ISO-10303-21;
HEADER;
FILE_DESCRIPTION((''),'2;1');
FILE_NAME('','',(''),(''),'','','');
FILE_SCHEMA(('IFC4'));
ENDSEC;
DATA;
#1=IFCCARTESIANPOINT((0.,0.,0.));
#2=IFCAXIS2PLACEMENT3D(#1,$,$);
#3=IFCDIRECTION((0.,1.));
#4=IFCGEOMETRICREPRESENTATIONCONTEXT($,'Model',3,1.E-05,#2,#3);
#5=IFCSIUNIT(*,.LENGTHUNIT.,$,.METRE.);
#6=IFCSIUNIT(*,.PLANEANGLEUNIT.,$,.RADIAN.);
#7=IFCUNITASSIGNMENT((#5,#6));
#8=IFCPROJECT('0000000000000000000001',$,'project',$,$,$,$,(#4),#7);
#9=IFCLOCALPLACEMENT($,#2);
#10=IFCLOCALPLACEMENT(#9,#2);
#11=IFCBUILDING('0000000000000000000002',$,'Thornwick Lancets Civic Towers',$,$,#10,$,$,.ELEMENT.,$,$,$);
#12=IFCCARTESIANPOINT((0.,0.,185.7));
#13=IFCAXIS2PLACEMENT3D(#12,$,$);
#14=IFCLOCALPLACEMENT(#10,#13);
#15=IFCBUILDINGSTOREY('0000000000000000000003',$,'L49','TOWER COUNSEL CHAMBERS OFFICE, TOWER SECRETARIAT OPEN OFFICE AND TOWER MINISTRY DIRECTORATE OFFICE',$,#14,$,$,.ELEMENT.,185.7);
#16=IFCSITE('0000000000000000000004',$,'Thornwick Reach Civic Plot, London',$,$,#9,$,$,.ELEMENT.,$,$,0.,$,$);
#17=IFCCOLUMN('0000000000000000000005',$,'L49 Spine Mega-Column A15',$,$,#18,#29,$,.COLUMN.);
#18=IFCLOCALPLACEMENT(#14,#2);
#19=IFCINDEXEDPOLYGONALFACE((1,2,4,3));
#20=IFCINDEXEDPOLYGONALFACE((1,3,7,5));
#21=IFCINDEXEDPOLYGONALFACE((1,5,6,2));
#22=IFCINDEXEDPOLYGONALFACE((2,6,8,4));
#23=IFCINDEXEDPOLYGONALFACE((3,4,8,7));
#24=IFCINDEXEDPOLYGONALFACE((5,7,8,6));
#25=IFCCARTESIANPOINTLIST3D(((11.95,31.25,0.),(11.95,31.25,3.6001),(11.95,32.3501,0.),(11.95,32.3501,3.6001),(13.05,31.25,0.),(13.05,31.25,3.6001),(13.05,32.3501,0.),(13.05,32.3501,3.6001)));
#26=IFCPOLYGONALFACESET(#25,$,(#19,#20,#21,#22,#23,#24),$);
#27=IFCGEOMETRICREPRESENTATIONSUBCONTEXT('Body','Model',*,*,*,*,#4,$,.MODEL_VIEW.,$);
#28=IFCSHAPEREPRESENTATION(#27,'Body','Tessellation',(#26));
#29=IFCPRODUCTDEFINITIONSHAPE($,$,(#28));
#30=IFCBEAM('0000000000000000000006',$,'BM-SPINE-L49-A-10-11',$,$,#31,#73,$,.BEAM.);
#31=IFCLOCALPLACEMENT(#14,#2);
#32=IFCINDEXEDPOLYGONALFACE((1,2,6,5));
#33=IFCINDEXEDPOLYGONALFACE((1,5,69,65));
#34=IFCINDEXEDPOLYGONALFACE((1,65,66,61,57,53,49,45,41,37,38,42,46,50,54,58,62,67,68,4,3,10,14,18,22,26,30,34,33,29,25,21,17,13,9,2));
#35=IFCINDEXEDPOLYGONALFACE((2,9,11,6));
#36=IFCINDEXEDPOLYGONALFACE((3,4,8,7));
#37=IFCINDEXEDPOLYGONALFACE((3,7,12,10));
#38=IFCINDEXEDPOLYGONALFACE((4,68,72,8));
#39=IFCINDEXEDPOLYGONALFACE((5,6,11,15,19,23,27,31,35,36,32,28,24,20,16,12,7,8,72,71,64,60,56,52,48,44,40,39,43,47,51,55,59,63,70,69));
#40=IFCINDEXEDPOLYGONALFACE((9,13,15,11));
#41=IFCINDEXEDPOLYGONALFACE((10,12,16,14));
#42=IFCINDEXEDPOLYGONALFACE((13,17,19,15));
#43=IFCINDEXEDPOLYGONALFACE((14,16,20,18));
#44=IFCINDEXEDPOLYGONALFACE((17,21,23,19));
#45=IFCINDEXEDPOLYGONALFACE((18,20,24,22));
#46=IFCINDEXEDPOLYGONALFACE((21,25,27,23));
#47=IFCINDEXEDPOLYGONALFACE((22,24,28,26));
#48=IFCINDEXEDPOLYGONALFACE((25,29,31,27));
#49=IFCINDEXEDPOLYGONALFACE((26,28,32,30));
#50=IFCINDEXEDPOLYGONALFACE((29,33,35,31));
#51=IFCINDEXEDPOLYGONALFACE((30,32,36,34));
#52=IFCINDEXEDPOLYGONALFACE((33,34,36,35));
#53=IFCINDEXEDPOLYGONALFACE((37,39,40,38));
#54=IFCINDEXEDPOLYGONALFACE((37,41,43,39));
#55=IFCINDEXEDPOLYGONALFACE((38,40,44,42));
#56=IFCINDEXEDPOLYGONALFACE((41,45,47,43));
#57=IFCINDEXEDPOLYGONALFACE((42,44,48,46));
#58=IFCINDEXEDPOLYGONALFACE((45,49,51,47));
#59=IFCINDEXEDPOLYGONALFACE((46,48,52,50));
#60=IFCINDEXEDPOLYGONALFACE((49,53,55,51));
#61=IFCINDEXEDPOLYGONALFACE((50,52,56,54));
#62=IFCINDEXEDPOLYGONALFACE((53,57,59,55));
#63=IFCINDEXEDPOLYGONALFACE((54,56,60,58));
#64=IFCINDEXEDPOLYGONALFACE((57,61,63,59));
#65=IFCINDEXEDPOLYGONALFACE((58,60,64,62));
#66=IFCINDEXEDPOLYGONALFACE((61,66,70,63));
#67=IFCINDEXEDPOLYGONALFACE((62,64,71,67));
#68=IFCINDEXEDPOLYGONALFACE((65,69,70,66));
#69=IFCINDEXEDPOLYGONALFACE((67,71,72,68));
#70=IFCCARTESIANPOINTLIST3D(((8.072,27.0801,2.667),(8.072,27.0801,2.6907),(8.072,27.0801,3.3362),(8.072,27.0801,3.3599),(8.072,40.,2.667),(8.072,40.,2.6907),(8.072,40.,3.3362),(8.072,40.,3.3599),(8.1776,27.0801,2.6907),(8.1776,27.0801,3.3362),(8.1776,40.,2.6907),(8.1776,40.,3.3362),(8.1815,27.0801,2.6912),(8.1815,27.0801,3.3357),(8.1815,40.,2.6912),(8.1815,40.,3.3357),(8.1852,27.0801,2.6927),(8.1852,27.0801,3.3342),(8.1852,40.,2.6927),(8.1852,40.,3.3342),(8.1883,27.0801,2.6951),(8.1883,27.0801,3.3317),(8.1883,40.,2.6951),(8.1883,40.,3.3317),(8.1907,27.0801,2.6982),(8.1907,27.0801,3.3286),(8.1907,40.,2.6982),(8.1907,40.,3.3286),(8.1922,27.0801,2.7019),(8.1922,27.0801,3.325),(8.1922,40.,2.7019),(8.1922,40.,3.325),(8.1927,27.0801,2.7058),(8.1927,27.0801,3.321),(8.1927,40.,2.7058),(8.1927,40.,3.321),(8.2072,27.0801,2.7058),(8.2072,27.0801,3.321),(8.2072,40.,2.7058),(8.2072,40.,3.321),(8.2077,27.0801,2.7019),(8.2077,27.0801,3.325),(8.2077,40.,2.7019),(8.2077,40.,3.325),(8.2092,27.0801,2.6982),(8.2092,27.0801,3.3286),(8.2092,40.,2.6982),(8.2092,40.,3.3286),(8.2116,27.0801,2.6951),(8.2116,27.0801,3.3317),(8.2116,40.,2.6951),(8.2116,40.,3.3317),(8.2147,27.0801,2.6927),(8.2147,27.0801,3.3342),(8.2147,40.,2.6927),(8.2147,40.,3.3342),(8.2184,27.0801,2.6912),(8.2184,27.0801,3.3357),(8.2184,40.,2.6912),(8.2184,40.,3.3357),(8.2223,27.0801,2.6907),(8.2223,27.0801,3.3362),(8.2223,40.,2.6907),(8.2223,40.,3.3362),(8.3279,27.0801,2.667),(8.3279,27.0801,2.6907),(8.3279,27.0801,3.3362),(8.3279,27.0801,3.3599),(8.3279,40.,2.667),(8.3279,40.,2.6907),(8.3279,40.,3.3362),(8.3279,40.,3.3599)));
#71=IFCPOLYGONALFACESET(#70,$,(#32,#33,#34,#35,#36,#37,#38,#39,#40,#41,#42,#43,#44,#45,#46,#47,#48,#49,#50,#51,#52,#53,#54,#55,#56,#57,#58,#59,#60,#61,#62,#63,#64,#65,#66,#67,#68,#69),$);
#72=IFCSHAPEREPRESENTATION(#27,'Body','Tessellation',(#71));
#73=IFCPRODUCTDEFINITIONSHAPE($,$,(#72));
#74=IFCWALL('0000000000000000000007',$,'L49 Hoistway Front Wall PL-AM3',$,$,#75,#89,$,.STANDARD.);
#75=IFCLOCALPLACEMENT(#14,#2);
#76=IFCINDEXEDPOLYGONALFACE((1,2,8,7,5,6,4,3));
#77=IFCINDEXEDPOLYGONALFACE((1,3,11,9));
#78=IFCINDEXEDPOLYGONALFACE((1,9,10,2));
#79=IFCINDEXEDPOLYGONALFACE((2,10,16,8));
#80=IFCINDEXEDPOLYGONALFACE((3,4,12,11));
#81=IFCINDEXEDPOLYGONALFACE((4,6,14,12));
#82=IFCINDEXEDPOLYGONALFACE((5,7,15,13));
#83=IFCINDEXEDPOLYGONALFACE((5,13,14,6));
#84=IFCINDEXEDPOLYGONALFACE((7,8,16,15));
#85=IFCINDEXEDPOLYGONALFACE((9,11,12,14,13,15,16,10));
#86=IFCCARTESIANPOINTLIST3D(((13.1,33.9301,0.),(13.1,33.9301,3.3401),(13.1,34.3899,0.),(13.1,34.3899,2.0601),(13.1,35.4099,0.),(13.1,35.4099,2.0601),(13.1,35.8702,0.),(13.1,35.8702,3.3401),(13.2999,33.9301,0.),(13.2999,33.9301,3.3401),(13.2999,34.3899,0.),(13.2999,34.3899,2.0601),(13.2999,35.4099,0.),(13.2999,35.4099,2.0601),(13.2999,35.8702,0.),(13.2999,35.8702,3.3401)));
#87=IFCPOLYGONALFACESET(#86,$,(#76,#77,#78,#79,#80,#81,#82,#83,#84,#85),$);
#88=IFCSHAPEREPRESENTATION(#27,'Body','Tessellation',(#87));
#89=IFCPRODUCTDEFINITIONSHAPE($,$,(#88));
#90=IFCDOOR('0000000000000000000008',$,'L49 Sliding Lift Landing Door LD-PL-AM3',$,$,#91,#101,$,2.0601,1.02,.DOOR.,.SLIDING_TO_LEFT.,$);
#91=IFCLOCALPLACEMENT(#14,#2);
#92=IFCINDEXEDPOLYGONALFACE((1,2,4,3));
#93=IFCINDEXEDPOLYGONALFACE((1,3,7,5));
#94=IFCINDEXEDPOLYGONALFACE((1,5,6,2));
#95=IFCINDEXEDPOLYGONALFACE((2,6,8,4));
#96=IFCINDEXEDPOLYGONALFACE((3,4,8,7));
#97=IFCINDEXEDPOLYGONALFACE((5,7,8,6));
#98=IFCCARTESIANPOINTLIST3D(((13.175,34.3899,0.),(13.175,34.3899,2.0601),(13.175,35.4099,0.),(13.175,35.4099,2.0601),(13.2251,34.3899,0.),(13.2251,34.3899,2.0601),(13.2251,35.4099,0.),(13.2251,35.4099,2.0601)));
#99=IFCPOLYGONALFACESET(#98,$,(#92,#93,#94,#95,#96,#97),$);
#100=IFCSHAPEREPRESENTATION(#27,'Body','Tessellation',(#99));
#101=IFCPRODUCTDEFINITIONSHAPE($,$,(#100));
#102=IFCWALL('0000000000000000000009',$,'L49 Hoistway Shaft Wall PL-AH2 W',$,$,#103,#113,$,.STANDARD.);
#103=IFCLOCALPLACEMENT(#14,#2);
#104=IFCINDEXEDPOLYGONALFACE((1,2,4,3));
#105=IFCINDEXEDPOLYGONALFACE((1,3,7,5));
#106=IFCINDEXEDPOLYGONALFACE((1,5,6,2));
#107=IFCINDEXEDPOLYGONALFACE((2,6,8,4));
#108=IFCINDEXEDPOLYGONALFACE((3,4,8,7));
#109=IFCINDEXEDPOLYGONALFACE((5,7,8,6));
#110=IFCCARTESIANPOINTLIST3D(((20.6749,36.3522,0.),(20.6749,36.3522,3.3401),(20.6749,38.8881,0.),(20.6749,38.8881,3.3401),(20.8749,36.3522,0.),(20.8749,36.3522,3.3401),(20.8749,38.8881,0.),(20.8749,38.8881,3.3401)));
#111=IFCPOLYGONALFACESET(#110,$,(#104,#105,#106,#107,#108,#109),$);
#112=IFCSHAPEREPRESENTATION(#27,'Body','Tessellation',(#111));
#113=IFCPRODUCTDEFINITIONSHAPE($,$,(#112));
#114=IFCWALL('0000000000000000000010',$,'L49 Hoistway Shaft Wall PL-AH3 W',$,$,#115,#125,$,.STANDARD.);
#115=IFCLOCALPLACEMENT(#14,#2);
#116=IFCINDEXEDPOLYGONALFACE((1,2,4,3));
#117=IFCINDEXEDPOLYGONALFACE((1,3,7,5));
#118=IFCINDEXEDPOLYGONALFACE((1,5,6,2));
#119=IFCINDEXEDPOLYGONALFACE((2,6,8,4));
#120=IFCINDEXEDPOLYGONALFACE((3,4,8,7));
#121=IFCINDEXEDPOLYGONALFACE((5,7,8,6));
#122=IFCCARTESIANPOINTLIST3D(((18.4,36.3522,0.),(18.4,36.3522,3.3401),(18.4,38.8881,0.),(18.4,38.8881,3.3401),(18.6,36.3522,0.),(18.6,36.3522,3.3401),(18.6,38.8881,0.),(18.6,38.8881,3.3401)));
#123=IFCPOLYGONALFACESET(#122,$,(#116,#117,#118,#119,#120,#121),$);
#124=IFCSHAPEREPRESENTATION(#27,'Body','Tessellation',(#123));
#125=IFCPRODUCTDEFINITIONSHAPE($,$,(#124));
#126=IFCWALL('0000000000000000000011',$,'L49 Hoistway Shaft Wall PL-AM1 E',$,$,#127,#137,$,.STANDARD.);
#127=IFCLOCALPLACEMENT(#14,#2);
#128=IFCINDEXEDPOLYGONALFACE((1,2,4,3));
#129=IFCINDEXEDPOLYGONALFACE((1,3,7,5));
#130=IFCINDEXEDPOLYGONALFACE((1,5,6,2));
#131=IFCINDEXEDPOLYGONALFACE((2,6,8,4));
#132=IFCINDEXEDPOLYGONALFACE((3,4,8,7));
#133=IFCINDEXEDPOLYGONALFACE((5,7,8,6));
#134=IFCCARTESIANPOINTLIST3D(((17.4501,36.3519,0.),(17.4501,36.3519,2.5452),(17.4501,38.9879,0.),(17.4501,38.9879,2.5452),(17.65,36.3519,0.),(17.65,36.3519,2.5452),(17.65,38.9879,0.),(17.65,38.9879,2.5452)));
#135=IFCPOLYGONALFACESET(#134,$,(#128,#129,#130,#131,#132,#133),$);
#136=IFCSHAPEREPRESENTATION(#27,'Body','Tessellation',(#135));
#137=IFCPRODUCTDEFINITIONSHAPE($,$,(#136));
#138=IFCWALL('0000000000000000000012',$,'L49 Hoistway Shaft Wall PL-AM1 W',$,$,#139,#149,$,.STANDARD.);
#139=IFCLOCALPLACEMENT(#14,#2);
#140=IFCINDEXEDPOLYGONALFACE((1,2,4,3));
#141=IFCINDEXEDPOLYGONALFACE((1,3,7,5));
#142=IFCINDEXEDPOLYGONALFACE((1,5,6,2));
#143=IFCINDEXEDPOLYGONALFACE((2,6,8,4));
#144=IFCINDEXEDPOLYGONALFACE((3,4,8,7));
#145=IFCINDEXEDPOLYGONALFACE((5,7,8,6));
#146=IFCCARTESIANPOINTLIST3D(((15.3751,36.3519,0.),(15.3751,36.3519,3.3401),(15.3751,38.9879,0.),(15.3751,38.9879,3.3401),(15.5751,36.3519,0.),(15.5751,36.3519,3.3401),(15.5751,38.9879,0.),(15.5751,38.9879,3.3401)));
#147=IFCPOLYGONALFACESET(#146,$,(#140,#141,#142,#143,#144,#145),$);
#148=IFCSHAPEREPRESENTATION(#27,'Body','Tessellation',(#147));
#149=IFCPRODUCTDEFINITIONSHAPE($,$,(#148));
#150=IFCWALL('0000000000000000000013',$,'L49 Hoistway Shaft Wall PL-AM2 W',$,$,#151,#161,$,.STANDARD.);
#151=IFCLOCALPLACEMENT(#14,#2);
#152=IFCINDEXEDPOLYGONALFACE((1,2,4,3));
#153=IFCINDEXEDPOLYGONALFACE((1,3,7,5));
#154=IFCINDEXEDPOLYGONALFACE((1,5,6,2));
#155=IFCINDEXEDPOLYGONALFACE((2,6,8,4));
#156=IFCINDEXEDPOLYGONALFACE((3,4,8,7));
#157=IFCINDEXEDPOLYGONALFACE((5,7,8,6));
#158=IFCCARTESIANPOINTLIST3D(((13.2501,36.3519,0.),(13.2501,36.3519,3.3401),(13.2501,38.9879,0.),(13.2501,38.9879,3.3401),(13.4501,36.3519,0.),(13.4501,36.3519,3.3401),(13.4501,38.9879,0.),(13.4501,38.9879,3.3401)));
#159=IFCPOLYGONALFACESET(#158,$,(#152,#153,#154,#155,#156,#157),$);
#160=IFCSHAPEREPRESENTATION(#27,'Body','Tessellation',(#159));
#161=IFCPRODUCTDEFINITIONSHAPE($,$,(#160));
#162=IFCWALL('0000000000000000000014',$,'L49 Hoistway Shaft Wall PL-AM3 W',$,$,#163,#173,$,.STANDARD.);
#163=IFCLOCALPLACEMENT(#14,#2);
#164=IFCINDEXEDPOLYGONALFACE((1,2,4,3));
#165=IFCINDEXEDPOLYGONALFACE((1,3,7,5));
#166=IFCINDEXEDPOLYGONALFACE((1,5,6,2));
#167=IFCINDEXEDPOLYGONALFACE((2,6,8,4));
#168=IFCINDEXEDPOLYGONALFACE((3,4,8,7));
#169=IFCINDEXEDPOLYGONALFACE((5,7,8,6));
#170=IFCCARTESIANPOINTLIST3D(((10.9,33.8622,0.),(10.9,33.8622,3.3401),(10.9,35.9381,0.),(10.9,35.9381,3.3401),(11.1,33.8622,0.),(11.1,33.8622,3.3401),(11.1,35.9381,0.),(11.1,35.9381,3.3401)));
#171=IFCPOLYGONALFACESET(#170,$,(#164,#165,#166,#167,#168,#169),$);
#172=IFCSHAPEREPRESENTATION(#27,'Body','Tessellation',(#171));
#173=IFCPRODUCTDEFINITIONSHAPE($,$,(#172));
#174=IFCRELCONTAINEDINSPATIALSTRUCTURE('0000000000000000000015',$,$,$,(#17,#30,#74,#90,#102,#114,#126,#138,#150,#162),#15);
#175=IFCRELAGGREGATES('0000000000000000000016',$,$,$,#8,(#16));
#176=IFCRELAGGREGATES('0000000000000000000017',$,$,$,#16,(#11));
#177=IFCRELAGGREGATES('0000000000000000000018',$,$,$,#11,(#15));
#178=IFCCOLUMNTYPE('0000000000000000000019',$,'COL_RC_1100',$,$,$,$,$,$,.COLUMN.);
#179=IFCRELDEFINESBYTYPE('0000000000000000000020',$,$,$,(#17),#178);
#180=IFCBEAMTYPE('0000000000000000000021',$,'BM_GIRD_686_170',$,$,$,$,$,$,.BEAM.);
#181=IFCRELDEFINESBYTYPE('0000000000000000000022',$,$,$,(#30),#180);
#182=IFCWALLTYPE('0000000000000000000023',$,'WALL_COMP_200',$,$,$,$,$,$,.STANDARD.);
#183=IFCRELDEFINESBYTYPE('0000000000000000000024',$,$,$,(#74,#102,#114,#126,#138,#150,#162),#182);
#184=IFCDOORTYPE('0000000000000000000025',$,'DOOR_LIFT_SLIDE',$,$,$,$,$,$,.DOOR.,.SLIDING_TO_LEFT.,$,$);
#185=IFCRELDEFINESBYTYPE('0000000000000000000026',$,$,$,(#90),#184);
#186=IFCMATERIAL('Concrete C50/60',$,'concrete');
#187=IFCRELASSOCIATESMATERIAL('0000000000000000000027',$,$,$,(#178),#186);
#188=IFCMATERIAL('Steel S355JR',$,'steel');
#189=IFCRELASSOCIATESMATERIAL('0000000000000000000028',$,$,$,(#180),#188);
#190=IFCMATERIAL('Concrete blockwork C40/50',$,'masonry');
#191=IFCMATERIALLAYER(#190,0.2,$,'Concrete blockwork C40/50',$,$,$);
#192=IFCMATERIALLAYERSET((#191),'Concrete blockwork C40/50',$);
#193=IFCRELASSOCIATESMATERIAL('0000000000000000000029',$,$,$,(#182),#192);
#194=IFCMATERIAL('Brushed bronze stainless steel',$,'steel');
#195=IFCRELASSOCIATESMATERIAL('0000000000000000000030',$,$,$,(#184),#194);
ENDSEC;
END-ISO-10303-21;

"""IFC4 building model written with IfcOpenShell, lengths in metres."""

from ifc_helpers import new_model, si_unit, direction, frame, frame_2d, origin, origin_2d, place, context, subcontext, project, spatial, rectangle, i_section, extrude, material, layer, layer_set, material_profile, profile_set, type_object, element, fill, save


model = new_model("IFC4")

# Units and contexts
model_context = context("Model", 3, precision=1e-05, world=origin(), true_north=direction((0.0, 1.0)))
body_context = subcontext(model_context, "Body", "Model", "MODEL_VIEW")
ifc_project = project(units=[si_unit("LENGTHUNIT", "METRE"), si_unit("PLANEANGLEUNIT", "RADIAN")], contexts=[model_context])

# Site, building, storey
site_placement = place(None, origin())
site = spatial("IfcSite", under=ifc_project, at=site_placement, Name="Thornwick Reach Civic Plot, London", CompositionType="ELEMENT", RefElevation=0.0)
building_placement = place(site_placement, origin())
building = spatial("IfcBuilding", under=site, at=building_placement, Name="Thornwick Lancets Civic Towers", CompositionType="ELEMENT")
storey_placement = place(building_placement, frame((0.0, 0.0, 185.7)))
storey = spatial("IfcBuildingStorey", under=building, at=storey_placement, Name="L49", Description="TOWER COUNSEL CHAMBERS OFFICE, TOWER SECRETARIAT OPEN OFFICE AND TOWER MINISTRY DIRECTORATE OFFICE", CompositionType="ELEMENT", Elevation=185.7)

# Column
ifc_material_1 = material(Name="Concrete C50/60", Category="concrete")
ifc_material_profile_1 = material_profile(ifc_material_1, rectangle(XDim=1.1001, YDim=1.1001, at=origin_2d()), Name="RC 1100x1100")
ifc_profile_set_1 = profile_set([ifc_material_profile_1], Name="Concrete C50/60")
column_type = type_object("IfcColumnType", Name="COL_RC_1100", PredefinedType="COLUMN", material=ifc_profile_set_1)
column_placement = place(storey_placement, frame((12.5, 31.8, 0.0), z_axis=(0.0, 0.0, 1.0), x_axis=(1.0, 0.0, 0.0)))
element("IfcColumn", 1, at=column_placement, inside=storey, type_object=column_type, Name="L49 Spine Mega-Column A15", PredefinedType="COLUMN", context=body_context, shape_type="SweptSolid", body=[
    extrude(rectangle(XDim=1.1001, YDim=1.1001, at=origin_2d()), origin(), (0.0, 0.0, 1.0), 3.6001),
])

# Beam
ifc_material_2 = material(Name="Steel S355JR", Category="steel")
ifc_material_profile_2 = material_profile(ifc_material_2, i_section(OverallWidth=0.2559, OverallDepth=0.6929, WebThickness=0.0144, FlangeThickness=0.0237, FilletRadius=0.0151, at=origin_2d()), Name="UKB 686x254x170")
ifc_profile_set_2 = profile_set([ifc_material_profile_2], Name="Steel S355JR")
beam_type = type_object("IfcBeamType", Name="BM_GIRD_686_170", PredefinedType="BEAM", material=ifc_profile_set_2)
beam_placement = place(storey_placement, frame((8.2, 27.0801, 3.0134), z_axis=(0.0, 1.0, 0.0), x_axis=(-1.0, 0.0, 0.0)))
element("IfcBeam", 2, at=beam_placement, inside=storey, type_object=beam_type, Name="BM-SPINE-L49-A-10-11", PredefinedType="BEAM", context=body_context, shape_type="SweptSolid", body=[
    extrude(i_section(OverallWidth=0.2559, OverallDepth=0.6929, WebThickness=0.0144, FlangeThickness=0.0237, FilletRadius=0.0151, at=origin_2d()), origin(), (0.0, 0.0, 1.0), 12.9199),
])

# Wall, opening, door
ifc_material_3 = material(Name="Concrete blockwork C40/50", Category="masonry")
ifc_layer_1 = layer(ifc_material_3, 0.2, Name="Concrete blockwork C40/50")
ifc_layer_set_1 = layer_set([ifc_layer_1], Name="Concrete blockwork C40/50")
wall_type_1 = type_object("IfcWallType", Name="WALL_COMP_200", PredefinedType="STANDARD", material=ifc_layer_set_1)
wall_1_placement = place(storey_placement, frame((13.2, 33.9299, 0.0), z_axis=(0.0, 0.0, 1.0), x_axis=(0.0, 1.0, 0.0)))
wall_1 = element("IfcWall", 3, at=wall_1_placement, inside=storey, type_object=wall_type_1, Name="L49 Hoistway Front Wall PL-AM3", PredefinedType="STANDARD", context=body_context, shape_type="SweptSolid", body=[
    extrude(rectangle(XDim=1.9402, YDim=0.2, at=frame_2d((0.9702, 0.0))), origin(), (0.0, 0.0, 1.0), 3.3401),
])
opening_1_placement = place(wall_1_placement, frame((0.46, 0.0, 0.0)))
opening_1 = element("IfcOpeningElement", 4, at=opening_1_placement, cuts=wall_1, PredefinedType="OPENING", context=body_context, shape_type="SweptSolid", body=[
    extrude(rectangle(XDim=1.02, YDim=2.0601, at=frame_2d((0.51, 1.03))), frame((0.0, 0.1099, 0.0), z_axis=(0.0, -1.0, 0.0), x_axis=(1.0, 0.0, 0.0)), (0.0, 0.0, 1.0), 0.22),
])
ifc_material_4 = material(Name="Brushed bronze stainless steel", Category="steel")
door_type_1 = type_object("IfcDoorType", Name="DOOR_LIFT_SLIDE", OperationType="SLIDING_TO_LEFT", PredefinedType="DOOR", material=ifc_material_4)
door_1_placement = place(opening_1_placement, origin())
door_1 = element("IfcDoor", 5, at=door_1_placement, inside=storey, type_object=door_type_1, Name="L49 Sliding Lift Landing Door LD-PL-AM3", OperationType="SLIDING_TO_LEFT", OverallHeight=2.0601, OverallWidth=1.02, PredefinedType="DOOR", context=body_context, shape_type="SweptSolid", body=[
    extrude(rectangle(XDim=1.02, YDim=2.0601, at=frame_2d((0.51, 1.03))), frame((0.0, 0.0249, 0.0), z_axis=(0.0, -1.0, 0.0), x_axis=(1.0, 0.0, 0.0)), (0.0, 0.0, 1.0), 0.05),
])
fill(opening_1, door_1)

# Walls
for number, where, z_axis, x_axis, name in (
    (6, (20.7749, 36.3521, 0.0), (0.0, 0.0, 1.0), (0.0, 1.0, 0.0), "L49 Hoistway Shaft Wall PL-AH2 W"),
    (7, (18.5, 36.3521, 0.0), (0.0, 0.0, 1.0), (0.0, 1.0, 0.0), "L49 Hoistway Shaft Wall PL-AH3 W"),
):
    element("IfcWall", number, at=place(storey_placement, frame(where, z_axis=z_axis, x_axis=x_axis)), inside=storey, type_object=wall_type_1, Name=name, PredefinedType="STANDARD", context=body_context, shape_type="SweptSolid", body=[
        extrude(rectangle(XDim=2.5359, YDim=0.2, at=frame_2d((1.2681, 0.0))), origin(), (0.0, 0.0, 1.0), 3.3401),
    ])
wall_2_placement = place(storey_placement, frame((17.55, 36.3521, 0.0), z_axis=(0.0, 0.0, 1.0), x_axis=(0.0, 1.0, 0.0)))
element("IfcWall", 8, at=wall_2_placement, inside=storey, type_object=wall_type_1, Name="L49 Hoistway Shaft Wall PL-AM1 E", PredefinedType="STANDARD", context=body_context, shape_type="SweptSolid", body=[
    extrude(rectangle(XDim=2.636, YDim=0.2, at=frame_2d((1.3179, 0.0))), origin(), (0.0, 0.0, 1.0), 2.5452),
])
for number, where, z_axis, x_axis, name in (
    (9, (15.4751, 36.3521, 0.0), (0.0, 0.0, 1.0), (0.0, 1.0, 0.0), "L49 Hoistway Shaft Wall PL-AM1 W"),
    (10, (13.3501, 36.3521, 0.0), (0.0, 0.0, 1.0), (0.0, 1.0, 0.0), "L49 Hoistway Shaft Wall PL-AM2 W"),
):
    element("IfcWall", number, at=place(storey_placement, frame(where, z_axis=z_axis, x_axis=x_axis)), inside=storey, type_object=wall_type_1, Name=name, PredefinedType="STANDARD", context=body_context, shape_type="SweptSolid", body=[
        extrude(rectangle(XDim=2.636, YDim=0.2, at=frame_2d((1.3179, 0.0))), origin(), (0.0, 0.0, 1.0), 3.3401),
    ])
wall_3_placement = place(storey_placement, frame((11.0, 33.8621, 0.0), z_axis=(0.0, 0.0, 1.0), x_axis=(0.0, 1.0, 0.0)))
element("IfcWall", 11, at=wall_3_placement, inside=storey, type_object=wall_type_1, Name="L49 Hoistway Shaft Wall PL-AM3 W", PredefinedType="STANDARD", context=body_context, shape_type="SweptSolid", body=[
    extrude(rectangle(XDim=2.0759, YDim=0.2, at=frame_2d((1.0381, 0.0))), origin(), (0.0, 0.0, 1.0), 3.3401),
])

save(model, "model.ifc")
